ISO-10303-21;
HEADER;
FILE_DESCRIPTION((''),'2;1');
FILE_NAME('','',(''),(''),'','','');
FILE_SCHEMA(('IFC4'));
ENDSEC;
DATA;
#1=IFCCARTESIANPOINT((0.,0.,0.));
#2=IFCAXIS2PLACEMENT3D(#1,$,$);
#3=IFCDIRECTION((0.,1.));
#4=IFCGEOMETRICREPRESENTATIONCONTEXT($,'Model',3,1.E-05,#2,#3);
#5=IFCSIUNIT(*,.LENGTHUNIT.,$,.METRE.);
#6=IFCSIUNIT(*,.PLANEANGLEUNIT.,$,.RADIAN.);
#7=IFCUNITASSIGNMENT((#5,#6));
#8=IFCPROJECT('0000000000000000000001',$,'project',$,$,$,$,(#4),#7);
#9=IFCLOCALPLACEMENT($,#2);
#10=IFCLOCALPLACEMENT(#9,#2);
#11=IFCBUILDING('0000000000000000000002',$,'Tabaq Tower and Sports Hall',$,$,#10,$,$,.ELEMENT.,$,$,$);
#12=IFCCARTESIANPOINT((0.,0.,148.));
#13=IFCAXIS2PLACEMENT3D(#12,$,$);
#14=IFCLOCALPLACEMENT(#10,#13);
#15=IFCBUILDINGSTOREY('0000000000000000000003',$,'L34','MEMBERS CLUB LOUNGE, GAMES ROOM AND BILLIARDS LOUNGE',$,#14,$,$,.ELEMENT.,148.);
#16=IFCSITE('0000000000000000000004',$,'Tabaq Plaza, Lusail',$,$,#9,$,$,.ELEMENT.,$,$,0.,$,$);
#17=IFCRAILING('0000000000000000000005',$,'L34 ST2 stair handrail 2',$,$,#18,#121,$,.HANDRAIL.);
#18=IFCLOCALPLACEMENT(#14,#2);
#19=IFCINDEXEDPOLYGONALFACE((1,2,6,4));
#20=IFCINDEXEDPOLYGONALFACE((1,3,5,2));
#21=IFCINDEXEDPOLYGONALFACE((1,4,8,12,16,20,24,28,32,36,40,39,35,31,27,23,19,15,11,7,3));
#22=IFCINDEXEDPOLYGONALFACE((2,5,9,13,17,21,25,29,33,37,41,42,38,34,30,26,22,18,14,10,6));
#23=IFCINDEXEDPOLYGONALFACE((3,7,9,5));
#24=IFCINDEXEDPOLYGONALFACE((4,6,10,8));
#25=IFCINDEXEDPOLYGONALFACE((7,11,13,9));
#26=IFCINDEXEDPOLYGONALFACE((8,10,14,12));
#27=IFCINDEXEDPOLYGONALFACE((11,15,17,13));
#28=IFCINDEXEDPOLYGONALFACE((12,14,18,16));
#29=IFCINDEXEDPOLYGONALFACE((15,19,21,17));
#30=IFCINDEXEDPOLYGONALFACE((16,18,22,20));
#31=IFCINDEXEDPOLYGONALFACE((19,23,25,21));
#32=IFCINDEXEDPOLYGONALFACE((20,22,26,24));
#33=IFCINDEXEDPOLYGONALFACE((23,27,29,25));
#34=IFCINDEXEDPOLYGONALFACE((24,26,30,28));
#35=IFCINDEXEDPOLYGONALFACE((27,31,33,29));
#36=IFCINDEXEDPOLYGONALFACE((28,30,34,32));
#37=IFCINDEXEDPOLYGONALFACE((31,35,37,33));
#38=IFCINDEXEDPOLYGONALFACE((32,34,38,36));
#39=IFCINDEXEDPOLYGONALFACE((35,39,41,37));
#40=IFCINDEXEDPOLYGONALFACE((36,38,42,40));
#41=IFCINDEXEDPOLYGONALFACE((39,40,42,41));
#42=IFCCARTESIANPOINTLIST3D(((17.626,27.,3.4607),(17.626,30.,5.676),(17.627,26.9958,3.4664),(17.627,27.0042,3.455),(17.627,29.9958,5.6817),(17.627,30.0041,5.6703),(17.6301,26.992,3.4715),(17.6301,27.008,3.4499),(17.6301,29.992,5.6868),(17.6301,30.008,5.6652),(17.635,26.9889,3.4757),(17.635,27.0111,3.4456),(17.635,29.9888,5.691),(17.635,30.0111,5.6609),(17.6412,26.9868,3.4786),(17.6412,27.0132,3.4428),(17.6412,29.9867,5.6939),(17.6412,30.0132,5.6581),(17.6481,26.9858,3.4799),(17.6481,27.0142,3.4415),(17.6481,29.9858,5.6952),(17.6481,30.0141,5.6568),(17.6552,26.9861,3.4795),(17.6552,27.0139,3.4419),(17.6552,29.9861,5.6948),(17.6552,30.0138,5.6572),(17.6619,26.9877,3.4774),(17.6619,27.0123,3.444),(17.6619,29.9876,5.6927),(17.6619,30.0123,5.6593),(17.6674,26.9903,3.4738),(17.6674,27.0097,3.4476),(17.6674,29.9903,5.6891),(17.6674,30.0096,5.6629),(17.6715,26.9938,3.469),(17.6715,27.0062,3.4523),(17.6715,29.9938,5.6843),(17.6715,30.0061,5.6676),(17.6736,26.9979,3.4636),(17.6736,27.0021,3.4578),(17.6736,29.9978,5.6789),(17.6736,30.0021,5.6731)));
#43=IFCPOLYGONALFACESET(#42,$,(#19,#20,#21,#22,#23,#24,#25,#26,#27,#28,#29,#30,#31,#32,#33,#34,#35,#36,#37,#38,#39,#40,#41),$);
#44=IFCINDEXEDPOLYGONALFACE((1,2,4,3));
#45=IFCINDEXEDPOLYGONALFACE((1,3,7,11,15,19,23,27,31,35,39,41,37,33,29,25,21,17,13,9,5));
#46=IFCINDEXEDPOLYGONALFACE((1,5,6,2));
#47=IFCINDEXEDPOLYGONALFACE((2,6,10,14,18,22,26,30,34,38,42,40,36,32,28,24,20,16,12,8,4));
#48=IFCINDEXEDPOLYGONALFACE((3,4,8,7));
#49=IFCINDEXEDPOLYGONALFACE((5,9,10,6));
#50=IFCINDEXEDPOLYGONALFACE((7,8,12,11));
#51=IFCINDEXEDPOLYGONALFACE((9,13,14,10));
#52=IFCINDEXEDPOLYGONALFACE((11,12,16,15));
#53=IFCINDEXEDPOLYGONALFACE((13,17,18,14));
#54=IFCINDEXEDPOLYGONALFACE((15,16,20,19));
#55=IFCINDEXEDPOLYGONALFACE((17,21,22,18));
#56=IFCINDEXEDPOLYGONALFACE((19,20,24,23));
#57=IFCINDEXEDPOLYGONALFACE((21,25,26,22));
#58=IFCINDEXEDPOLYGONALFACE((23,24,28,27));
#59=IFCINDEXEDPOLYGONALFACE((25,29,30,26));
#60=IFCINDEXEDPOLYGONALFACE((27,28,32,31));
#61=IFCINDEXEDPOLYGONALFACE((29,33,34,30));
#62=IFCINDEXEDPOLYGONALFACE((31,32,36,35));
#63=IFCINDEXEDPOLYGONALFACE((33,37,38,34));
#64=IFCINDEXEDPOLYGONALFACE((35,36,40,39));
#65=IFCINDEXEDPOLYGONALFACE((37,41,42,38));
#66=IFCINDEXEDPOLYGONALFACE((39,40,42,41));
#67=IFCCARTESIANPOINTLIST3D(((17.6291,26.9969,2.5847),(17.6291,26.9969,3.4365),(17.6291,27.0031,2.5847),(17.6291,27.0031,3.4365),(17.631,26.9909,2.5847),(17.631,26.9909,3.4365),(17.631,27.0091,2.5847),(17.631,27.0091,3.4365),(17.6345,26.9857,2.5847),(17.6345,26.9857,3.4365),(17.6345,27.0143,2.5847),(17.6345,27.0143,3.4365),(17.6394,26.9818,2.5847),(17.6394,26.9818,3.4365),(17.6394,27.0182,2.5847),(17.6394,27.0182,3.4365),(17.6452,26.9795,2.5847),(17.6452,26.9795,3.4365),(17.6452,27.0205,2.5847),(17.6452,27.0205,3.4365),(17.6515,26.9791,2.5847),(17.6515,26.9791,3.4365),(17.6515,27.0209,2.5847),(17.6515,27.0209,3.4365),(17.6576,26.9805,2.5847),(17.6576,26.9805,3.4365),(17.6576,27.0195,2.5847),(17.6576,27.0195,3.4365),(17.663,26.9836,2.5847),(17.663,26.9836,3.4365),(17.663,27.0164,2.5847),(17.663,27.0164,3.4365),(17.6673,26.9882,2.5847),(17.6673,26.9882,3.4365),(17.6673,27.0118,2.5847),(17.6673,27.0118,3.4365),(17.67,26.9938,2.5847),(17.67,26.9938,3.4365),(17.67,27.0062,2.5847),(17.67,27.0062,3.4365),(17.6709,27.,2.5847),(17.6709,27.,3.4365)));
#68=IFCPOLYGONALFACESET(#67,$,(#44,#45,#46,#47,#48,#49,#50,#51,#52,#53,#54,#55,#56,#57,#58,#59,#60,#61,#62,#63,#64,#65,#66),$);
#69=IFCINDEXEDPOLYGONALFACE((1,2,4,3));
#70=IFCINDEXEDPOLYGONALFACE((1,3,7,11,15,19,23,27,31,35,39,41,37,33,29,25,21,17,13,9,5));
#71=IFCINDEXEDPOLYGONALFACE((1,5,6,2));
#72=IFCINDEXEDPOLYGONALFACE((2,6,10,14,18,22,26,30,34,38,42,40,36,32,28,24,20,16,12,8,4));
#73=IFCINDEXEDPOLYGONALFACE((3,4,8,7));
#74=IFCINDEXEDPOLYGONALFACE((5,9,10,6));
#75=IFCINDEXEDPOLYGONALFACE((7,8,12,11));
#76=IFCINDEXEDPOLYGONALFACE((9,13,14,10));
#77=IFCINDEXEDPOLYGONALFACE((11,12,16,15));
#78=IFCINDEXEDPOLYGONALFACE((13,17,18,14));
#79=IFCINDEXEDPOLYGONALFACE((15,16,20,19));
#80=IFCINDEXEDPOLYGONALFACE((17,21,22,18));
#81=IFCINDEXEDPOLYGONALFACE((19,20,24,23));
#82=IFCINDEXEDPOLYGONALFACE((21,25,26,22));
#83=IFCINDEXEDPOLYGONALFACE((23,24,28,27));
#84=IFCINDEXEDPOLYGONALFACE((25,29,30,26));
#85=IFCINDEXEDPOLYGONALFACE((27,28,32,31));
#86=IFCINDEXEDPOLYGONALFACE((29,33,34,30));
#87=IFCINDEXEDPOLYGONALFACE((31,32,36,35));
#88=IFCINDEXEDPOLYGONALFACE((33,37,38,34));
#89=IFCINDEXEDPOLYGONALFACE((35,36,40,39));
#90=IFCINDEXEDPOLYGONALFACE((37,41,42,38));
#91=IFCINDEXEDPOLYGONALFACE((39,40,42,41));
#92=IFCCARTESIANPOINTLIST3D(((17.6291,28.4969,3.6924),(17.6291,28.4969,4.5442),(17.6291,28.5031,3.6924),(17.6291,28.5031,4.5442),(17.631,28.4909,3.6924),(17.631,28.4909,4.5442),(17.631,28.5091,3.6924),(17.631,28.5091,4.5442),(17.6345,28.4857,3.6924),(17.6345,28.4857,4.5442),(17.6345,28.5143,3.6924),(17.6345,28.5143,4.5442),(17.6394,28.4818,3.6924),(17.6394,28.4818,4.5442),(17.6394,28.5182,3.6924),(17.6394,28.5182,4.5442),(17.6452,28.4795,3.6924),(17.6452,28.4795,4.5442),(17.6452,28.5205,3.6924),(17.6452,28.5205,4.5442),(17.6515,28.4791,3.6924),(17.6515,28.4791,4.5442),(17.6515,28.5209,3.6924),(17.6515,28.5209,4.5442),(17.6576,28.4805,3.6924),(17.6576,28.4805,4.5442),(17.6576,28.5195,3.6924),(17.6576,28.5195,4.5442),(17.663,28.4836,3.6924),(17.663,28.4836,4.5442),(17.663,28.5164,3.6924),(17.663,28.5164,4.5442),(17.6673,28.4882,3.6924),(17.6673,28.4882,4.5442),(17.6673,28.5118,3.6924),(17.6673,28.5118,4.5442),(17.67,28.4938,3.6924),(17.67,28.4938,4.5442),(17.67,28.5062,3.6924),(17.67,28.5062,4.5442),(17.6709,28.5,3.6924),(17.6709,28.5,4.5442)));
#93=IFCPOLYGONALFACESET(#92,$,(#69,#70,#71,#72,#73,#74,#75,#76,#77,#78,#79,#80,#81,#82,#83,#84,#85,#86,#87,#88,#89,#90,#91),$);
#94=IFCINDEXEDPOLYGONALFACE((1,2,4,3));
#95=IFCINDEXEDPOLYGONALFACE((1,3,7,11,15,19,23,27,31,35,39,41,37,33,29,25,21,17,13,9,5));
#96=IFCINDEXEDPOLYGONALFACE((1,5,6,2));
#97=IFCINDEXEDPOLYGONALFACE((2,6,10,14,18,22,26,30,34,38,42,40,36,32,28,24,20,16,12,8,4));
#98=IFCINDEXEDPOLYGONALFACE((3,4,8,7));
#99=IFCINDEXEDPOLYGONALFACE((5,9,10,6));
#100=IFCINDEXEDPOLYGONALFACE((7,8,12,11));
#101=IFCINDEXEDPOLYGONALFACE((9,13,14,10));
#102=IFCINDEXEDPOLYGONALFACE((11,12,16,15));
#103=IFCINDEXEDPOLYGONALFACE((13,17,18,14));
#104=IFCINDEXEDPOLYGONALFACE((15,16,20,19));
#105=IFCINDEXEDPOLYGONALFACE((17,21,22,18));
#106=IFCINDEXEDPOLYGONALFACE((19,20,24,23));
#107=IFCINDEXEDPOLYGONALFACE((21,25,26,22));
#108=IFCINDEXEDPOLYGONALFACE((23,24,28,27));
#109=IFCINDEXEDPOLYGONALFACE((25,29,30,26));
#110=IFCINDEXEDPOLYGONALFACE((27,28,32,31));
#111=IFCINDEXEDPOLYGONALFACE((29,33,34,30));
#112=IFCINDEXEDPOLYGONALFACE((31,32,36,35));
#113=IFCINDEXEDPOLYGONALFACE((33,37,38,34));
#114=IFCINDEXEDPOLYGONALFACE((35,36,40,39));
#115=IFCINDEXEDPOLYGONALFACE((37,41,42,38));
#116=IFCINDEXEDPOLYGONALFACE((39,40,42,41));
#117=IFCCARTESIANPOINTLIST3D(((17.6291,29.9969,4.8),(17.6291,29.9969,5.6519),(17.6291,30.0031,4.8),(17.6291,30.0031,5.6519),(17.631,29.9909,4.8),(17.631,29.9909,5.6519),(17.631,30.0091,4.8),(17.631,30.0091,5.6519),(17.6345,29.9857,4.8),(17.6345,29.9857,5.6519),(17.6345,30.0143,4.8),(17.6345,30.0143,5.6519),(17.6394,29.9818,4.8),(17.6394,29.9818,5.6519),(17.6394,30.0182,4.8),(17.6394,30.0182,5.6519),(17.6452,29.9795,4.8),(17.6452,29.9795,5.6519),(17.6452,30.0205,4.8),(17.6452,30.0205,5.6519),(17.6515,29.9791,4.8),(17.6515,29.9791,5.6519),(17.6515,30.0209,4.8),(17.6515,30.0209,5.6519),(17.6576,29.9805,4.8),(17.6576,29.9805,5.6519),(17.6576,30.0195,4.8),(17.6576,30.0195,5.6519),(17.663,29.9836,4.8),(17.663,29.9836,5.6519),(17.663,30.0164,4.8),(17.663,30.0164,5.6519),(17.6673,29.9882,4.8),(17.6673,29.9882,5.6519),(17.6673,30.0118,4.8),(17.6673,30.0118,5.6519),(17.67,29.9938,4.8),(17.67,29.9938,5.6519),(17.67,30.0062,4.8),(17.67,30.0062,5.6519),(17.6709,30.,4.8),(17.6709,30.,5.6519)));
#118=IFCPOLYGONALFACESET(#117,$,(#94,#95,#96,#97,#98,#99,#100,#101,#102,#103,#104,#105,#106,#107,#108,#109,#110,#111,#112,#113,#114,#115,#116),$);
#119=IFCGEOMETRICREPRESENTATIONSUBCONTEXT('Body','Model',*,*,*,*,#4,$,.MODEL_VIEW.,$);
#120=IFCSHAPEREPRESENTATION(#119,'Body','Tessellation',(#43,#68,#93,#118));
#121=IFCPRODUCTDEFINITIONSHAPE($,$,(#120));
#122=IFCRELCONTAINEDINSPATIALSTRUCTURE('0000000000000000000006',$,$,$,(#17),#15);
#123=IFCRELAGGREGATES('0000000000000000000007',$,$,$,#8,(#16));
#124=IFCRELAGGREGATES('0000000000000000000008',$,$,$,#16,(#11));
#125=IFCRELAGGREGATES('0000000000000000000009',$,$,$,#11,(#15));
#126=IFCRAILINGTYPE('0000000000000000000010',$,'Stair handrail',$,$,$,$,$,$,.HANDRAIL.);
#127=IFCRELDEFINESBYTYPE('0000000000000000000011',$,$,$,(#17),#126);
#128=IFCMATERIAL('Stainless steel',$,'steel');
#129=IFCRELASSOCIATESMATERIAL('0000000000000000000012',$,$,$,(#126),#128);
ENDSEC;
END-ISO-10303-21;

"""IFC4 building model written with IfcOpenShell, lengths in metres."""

from ifc_helpers import new_model, si_unit, direction, frame, origin, origin_2d, place, context, subcontext, project, spatial, circle, extrude, material, type_object, element, save


model = new_model("IFC4")

# Units and contexts
model_context = context("Model", 3, precision=1e-05, world=origin(), true_north=direction((0.0, 1.0)))
body_context = subcontext(model_context, "Body", "Model", "MODEL_VIEW")
ifc_project = project(units=[si_unit("LENGTHUNIT", "METRE"), si_unit("PLANEANGLEUNIT", "RADIAN")], contexts=[model_context])

# Site, building, storey
site_placement = place(None, origin())
site = spatial("IfcSite", under=ifc_project, at=site_placement, Name="Tabaq Plaza, Lusail", CompositionType="ELEMENT", RefElevation=0.0)
building_placement = place(site_placement, origin())
building = spatial("IfcBuilding", under=site, at=building_placement, Name="Tabaq Tower and Sports Hall", CompositionType="ELEMENT")
storey_placement = place(building_placement, frame((0.0, 0.0, 148.0)))
storey = spatial("IfcBuildingStorey", under=building, at=storey_placement, Name="L34", Description="MEMBERS CLUB LOUNGE, GAMES ROOM AND BILLIARDS LOUNGE", CompositionType="ELEMENT", Elevation=148.0)

# Railing
ifc_material_1 = material(Name="Stainless steel", Category="steel")
railing_type_1 = type_object("IfcRailingType", Name="Stair handrail", PredefinedType="HANDRAIL", material=ifc_material_1)
railing_1_placement = place(storey_placement, frame((17.6499, 27.0, 2.5847)))
element("IfcRailing", 1, at=railing_1_placement, inside=storey, type_object=railing_type_1, Name="L34 ST2 stair handrail 2", PredefinedType="HANDRAIL", context=body_context, shape_type="SweptSolid", body=[
    extrude(circle(Radius=0.0239, at=origin_2d()), frame((0.0, 0.0, 0.876), z_axis=(0.0, 0.80444, 0.594034), x_axis=(-1.0, 0.0, 0.0)), (0.0, 0.0, 1.0), 3.7292),
    extrude(circle(Radius=0.021, at=origin_2d()), origin(), (0.0, 0.0, 1.0), 0.8518),
    extrude(circle(Radius=0.021, at=origin_2d()), frame((0.0, 1.5, 1.1077)), (0.0, 0.0, 1.0), 0.8518),
    extrude(circle(Radius=0.021, at=origin_2d()), frame((0.0, 3.0, 2.2153)), (0.0, 0.0, 1.0), 0.8518),
])

save(model, "model.ifc")
